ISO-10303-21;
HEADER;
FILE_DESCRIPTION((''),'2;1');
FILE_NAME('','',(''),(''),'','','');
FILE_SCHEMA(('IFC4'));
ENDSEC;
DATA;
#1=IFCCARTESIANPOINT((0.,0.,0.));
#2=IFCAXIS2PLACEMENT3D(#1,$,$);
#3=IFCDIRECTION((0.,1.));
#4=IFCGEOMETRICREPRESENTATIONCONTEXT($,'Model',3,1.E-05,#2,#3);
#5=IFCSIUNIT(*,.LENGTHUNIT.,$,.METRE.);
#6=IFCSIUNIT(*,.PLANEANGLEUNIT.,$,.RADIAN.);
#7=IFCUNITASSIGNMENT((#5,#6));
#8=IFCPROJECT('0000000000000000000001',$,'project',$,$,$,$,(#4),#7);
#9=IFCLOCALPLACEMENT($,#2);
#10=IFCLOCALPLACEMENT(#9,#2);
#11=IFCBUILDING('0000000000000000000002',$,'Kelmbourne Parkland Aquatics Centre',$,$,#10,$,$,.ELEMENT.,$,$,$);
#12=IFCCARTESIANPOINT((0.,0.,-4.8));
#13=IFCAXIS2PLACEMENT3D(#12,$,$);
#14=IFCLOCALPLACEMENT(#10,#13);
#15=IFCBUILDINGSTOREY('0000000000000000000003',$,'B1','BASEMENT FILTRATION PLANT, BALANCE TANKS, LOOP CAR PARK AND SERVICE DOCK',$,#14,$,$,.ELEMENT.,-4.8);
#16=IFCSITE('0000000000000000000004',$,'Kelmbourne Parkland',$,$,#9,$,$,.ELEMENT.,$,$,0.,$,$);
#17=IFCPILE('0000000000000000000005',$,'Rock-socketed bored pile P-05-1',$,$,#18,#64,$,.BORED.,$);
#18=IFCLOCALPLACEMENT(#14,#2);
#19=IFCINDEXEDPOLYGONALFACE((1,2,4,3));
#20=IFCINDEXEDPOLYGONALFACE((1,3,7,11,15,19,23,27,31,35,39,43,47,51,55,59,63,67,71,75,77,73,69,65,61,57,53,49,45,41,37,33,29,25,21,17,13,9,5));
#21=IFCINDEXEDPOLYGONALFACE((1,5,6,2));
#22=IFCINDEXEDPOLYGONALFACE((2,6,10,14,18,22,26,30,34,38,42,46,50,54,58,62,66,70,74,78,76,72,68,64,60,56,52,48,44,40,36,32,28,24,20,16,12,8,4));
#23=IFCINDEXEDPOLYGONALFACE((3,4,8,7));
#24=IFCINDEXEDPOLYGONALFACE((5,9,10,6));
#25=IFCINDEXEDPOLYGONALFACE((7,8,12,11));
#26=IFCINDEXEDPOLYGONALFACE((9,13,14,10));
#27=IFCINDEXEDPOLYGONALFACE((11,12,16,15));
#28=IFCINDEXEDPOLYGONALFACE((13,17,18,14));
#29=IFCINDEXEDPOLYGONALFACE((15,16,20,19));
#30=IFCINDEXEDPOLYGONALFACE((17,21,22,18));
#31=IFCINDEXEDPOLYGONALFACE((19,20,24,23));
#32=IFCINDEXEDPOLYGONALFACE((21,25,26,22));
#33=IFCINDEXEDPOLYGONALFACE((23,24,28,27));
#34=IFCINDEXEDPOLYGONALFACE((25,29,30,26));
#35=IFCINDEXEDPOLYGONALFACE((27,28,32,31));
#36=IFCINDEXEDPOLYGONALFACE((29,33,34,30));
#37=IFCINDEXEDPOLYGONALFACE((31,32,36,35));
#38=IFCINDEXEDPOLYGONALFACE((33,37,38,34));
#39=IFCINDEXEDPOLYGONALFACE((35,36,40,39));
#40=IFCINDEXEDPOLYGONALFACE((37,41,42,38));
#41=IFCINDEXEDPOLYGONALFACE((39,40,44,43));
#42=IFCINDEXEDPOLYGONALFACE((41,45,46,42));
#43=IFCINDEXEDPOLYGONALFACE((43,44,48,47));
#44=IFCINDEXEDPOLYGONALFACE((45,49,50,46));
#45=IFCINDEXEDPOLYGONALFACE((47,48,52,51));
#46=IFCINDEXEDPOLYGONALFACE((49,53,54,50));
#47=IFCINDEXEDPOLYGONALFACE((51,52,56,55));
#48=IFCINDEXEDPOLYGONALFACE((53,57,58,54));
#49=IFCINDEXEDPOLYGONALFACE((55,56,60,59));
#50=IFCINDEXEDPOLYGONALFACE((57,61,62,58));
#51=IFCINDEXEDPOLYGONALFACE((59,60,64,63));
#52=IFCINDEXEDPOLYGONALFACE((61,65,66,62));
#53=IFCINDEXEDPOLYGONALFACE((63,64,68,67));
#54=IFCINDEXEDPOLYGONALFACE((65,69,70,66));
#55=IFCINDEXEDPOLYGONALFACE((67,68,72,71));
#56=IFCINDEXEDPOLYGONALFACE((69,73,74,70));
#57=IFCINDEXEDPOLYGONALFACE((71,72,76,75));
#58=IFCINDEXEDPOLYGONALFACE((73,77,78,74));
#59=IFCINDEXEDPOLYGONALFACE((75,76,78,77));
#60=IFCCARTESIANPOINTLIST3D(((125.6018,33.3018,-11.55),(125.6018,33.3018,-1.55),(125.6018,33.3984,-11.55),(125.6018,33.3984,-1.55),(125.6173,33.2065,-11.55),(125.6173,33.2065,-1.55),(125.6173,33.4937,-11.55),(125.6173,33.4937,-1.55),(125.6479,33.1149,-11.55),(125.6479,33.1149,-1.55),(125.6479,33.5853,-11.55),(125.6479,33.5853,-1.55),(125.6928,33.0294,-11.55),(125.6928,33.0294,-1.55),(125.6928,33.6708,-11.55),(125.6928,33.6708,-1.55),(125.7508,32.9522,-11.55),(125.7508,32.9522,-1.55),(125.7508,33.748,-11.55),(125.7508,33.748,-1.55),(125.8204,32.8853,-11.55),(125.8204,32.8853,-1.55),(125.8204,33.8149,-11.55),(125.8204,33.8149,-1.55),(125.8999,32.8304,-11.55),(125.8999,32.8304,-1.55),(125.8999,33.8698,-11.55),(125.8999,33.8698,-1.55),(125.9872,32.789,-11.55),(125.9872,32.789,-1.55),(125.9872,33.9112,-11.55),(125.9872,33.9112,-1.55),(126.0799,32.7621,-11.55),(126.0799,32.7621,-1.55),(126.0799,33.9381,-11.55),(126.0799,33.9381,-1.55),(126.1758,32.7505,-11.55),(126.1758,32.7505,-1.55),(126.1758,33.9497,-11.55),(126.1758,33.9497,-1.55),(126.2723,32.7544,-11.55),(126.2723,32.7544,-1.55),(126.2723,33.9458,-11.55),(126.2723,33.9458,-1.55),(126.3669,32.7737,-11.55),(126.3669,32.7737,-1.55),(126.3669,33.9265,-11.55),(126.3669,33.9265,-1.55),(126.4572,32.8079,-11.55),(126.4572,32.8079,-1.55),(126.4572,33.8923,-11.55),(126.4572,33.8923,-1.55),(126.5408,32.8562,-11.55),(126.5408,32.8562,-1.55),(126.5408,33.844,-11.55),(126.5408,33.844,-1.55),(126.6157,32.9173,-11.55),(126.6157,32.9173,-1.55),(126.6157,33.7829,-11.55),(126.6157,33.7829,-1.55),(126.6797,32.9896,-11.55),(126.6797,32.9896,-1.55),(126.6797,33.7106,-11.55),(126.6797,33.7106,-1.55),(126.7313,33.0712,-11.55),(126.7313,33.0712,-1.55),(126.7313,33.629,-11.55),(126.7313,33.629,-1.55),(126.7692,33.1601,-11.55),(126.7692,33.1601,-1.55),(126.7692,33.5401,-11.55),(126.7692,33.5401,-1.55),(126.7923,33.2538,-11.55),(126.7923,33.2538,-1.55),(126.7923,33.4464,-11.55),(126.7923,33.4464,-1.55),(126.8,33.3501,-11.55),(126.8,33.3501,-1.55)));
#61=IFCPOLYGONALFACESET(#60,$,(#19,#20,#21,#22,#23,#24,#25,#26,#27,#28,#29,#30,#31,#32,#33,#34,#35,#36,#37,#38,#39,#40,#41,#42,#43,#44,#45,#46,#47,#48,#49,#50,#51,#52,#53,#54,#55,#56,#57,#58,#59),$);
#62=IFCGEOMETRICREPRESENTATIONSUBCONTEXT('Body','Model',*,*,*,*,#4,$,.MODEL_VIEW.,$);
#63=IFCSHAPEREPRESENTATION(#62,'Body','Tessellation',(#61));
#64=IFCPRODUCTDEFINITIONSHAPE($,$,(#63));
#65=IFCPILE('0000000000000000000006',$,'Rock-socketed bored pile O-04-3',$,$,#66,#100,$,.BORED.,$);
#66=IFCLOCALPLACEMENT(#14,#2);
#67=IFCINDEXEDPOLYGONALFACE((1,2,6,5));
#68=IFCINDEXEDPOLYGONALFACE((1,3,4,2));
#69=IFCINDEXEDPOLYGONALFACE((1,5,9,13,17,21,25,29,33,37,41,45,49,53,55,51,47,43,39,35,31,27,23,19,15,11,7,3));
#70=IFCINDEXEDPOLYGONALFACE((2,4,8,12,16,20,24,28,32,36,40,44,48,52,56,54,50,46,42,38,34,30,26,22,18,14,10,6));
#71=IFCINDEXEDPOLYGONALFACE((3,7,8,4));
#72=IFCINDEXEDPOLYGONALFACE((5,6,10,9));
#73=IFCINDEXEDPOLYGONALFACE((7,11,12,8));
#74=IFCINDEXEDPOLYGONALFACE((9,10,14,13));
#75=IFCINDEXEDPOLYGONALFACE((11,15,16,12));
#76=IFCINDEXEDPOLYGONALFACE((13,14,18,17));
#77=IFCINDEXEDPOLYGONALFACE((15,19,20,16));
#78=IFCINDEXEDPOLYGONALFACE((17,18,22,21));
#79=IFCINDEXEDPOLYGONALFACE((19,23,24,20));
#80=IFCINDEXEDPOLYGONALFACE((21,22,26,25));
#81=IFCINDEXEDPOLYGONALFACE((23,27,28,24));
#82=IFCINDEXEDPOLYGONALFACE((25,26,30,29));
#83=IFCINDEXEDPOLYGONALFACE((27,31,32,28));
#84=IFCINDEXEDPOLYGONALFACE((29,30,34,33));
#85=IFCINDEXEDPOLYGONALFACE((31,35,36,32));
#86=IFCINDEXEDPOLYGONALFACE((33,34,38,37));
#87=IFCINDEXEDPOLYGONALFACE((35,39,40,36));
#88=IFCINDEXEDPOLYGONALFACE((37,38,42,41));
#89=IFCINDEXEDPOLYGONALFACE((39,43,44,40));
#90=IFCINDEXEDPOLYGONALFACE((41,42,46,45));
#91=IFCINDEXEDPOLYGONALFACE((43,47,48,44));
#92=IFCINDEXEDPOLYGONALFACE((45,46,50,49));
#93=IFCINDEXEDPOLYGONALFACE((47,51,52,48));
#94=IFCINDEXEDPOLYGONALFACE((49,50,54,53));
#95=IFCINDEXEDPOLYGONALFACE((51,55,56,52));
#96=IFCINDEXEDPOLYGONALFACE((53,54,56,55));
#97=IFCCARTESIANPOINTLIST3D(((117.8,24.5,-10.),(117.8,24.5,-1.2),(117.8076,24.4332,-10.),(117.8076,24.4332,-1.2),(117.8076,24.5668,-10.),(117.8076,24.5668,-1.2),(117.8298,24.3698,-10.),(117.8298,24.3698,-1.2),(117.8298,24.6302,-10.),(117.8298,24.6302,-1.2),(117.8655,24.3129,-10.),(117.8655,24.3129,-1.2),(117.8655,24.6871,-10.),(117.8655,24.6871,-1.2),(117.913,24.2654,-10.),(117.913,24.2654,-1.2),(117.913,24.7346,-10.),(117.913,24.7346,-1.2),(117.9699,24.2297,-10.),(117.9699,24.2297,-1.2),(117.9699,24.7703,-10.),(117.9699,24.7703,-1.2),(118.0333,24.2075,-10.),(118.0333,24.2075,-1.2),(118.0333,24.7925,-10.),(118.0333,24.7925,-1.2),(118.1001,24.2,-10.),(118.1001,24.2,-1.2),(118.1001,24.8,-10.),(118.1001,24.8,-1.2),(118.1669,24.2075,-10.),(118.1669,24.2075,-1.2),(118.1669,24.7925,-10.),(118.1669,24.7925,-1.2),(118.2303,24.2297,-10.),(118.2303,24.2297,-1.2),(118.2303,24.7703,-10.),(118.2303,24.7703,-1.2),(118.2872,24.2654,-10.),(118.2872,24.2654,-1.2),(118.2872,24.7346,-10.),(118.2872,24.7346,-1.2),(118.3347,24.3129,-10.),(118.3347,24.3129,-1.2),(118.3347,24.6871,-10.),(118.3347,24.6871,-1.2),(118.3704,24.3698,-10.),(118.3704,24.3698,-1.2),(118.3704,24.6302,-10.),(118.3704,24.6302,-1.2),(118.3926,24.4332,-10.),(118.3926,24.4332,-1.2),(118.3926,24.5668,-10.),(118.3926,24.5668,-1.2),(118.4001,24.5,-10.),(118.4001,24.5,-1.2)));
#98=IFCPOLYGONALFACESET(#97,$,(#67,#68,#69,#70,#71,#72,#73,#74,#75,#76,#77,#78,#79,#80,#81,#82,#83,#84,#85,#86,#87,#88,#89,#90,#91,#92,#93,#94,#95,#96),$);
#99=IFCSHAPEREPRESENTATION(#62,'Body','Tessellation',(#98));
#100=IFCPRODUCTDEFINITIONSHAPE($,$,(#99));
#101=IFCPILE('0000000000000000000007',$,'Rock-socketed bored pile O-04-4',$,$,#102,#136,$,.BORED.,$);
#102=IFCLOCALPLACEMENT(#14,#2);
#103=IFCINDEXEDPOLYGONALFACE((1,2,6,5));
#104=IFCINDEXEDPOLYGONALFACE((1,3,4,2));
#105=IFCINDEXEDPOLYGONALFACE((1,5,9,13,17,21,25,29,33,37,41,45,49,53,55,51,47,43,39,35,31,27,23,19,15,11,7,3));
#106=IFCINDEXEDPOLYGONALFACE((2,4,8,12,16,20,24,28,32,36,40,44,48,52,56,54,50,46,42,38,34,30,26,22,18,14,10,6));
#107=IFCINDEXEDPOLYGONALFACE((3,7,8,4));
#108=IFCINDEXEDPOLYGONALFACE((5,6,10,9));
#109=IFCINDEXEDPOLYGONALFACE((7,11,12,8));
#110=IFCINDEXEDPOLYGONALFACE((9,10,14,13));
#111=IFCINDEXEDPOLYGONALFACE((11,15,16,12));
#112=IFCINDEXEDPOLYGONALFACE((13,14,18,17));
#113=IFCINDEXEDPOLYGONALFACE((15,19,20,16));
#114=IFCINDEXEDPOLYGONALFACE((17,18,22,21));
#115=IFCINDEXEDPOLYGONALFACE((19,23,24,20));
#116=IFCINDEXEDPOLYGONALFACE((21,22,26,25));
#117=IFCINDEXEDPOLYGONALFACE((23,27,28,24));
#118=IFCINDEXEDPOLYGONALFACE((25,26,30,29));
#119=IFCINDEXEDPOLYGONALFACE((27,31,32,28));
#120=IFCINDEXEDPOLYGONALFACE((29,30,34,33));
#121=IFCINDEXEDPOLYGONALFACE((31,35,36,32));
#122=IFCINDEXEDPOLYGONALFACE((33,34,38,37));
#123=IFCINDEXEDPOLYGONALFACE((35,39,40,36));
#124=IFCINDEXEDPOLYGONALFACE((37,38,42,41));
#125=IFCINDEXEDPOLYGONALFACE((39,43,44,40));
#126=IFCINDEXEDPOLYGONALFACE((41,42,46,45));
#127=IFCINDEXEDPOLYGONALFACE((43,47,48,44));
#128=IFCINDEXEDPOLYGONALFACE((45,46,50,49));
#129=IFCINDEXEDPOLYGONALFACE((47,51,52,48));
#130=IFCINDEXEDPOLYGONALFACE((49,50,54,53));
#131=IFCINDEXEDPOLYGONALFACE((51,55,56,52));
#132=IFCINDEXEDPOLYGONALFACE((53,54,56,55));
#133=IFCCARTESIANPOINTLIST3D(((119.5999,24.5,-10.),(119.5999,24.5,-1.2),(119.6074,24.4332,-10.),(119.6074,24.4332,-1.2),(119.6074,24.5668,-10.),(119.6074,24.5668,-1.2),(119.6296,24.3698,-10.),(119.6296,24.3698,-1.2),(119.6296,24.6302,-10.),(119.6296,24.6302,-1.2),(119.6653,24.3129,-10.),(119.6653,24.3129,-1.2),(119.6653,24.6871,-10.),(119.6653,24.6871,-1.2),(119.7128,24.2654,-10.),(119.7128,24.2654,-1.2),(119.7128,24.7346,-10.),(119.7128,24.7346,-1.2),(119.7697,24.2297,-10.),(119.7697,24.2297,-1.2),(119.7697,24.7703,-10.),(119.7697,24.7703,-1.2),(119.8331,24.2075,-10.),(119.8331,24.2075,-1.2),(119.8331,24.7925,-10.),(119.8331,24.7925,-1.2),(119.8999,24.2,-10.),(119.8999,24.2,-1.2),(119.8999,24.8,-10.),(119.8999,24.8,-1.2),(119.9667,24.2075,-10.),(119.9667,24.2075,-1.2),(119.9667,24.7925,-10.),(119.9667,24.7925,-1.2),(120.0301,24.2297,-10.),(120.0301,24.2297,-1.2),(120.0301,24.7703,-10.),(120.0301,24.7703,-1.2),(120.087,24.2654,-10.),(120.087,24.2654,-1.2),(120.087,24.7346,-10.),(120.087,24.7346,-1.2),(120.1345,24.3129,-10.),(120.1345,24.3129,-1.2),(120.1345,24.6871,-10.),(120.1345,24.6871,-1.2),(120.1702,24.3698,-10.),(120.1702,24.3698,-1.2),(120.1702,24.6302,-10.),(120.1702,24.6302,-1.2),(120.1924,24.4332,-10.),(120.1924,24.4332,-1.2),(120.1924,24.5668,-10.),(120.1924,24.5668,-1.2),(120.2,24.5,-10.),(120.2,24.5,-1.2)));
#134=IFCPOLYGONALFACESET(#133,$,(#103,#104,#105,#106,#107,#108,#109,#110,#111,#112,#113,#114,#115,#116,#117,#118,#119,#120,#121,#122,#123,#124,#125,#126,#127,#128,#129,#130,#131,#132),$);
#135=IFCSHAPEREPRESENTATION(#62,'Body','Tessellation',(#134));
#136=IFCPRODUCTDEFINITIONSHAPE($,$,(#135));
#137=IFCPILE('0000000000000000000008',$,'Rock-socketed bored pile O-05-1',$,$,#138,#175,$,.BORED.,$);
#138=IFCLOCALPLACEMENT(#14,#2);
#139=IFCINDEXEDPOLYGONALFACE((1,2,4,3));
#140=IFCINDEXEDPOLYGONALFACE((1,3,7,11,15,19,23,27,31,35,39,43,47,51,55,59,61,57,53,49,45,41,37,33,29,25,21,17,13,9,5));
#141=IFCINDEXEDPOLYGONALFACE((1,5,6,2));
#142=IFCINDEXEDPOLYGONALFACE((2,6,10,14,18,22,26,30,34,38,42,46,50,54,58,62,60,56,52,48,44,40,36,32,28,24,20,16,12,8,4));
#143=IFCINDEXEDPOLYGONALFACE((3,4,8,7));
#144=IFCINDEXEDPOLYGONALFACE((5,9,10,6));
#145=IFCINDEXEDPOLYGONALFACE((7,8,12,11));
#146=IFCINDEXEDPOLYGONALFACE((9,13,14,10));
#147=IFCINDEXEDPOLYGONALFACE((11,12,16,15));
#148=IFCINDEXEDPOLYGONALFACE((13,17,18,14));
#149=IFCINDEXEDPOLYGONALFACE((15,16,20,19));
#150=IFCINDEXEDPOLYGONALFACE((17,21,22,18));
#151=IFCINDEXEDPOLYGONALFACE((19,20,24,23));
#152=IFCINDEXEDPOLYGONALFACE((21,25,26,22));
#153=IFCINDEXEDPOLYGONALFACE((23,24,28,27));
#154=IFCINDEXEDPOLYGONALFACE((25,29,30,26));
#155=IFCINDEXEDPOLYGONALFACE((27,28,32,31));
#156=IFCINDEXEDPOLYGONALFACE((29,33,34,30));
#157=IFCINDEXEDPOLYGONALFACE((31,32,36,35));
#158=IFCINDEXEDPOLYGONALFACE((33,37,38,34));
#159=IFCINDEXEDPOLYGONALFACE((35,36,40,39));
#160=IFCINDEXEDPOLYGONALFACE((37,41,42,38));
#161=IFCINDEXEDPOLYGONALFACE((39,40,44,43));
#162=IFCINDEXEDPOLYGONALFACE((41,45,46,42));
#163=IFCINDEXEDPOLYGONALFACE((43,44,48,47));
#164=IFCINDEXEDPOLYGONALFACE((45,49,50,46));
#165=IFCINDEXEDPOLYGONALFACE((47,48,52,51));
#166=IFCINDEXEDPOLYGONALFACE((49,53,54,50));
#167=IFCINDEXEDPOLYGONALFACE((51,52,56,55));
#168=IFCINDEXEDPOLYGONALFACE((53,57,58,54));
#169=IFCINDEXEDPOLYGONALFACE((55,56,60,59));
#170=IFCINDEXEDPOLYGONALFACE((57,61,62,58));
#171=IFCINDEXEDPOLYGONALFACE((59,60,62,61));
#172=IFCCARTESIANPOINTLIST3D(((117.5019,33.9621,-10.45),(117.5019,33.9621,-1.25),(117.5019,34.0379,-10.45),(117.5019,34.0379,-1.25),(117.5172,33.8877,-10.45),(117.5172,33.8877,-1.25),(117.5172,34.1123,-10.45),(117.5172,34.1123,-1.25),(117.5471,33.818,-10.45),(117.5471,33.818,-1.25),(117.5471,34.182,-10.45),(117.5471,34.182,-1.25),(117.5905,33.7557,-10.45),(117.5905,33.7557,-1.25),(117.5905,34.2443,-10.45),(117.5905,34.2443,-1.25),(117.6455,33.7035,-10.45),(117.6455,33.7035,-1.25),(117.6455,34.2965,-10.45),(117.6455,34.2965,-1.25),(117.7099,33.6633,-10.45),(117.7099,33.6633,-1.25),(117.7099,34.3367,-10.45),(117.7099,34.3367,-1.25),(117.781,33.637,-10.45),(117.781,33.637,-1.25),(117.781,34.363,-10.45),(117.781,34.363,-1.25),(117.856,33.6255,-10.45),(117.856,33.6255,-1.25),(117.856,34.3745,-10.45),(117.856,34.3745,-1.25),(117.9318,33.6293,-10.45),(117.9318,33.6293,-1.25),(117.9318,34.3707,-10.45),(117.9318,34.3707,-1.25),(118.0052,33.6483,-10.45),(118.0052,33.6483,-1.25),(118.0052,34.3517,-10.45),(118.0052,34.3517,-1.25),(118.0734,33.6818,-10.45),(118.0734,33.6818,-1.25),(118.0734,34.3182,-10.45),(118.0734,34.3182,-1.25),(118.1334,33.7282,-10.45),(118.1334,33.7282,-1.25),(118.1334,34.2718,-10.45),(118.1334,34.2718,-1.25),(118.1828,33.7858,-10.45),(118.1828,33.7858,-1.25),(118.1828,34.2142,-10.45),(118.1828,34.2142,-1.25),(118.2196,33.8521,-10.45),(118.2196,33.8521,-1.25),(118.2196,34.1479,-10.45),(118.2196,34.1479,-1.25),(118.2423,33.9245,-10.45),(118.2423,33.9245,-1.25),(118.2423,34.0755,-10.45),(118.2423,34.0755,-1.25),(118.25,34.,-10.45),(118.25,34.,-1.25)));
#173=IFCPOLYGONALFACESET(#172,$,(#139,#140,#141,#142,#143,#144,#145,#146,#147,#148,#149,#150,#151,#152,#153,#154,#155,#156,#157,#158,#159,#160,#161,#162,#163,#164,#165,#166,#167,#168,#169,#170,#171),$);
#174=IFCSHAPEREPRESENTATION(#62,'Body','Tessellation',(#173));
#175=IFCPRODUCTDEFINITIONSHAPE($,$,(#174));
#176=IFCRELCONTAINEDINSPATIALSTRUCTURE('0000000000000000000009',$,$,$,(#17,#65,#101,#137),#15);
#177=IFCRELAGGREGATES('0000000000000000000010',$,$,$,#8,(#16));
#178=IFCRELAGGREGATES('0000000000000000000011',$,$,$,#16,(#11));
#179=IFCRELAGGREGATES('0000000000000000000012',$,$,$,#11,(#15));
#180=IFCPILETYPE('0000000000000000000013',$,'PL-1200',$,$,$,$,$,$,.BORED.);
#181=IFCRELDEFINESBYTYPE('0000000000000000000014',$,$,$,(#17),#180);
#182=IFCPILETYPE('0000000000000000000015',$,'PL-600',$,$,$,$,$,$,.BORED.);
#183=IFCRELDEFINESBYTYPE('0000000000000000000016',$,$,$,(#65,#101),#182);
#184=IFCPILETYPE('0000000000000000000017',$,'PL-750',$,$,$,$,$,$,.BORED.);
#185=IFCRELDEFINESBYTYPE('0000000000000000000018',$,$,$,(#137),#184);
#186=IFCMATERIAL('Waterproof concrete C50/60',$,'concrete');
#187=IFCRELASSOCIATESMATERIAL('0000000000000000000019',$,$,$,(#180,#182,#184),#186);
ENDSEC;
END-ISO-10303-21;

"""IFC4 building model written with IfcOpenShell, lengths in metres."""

from ifc_helpers import new_model, si_unit, direction, frame, origin, origin_2d, place, context, subcontext, project, spatial, circle, extrude, material, material_profile, profile_set, type_object, element, save


model = new_model("IFC4")

# Units and contexts
model_context = context("Model", 3, precision=1e-05, world=origin(), true_north=direction((0.0, 1.0)))
body_context = subcontext(model_context, "Body", "Model", "MODEL_VIEW")
ifc_project = project(units=[si_unit("LENGTHUNIT", "METRE"), si_unit("PLANEANGLEUNIT", "RADIAN")], contexts=[model_context])

# Site, building, storey
site_placement = place(None, origin())
site = spatial("IfcSite", under=ifc_project, at=site_placement, Name="Kelmbourne Parkland", CompositionType="ELEMENT", RefElevation=0.0)
building_placement = place(site_placement, origin())
building = spatial("IfcBuilding", under=site, at=building_placement, Name="Kelmbourne Parkland Aquatics Centre", CompositionType="ELEMENT")
storey_placement = place(building_placement, frame((0.0, 0.0, -4.8)))
storey = spatial("IfcBuildingStorey", under=building, at=storey_placement, Name="B1", Description="BASEMENT FILTRATION PLANT, BALANCE TANKS, LOOP CAR PARK AND SERVICE DOCK", CompositionType="ELEMENT", Elevation=-4.8)

# Shared definitions
ifc_material_1 = material(Name="Waterproof concrete C50/60", Category="concrete")

# Piles
ifc_material_profile_1 = material_profile(ifc_material_1, circle(Radius=0.6001, at=origin_2d()), Name="PILE D1200")
ifc_profile_set_1 = profile_set([ifc_material_profile_1], Name="Waterproof concrete C50/60")
pile_type_1 = type_object("IfcPileType", Name="PL-1200", PredefinedType="BORED", material=ifc_profile_set_1)
pile_1_placement = place(storey_placement, frame((126.2, 33.3501, -1.55), z_axis=(0.0, 0.0, -1.0), x_axis=(1.0, 0.0, 0.0)))
element("IfcPile", 1, at=pile_1_placement, inside=storey, type_object=pile_type_1, Name="Rock-socketed bored pile P-05-1", PredefinedType="BORED", context=body_context, shape_type="SweptSolid", body=[
    extrude(circle(Radius=0.6001, at=origin_2d()), origin(), (0.0, 0.0, 1.0), 10.0),
])
ifc_material_profile_2 = material_profile(ifc_material_1, circle(Radius=0.3, at=origin_2d()), Name="PILE D600")
ifc_profile_set_2 = profile_set([ifc_material_profile_2], Name="Waterproof concrete C50/60")
pile_type_2 = type_object("IfcPileType", Name="PL-600", PredefinedType="BORED", material=ifc_profile_set_2)
for number, where, z_axis, x_axis, name in (
    (2, (118.1001, 24.5, -1.2), (0.0, 0.0, -1.0), (1.0, 0.0, 0.0), "Rock-socketed bored pile O-04-3"),
    (3, (119.8999, 24.5, -1.2), (0.0, 0.0, -1.0), (1.0, 0.0, 0.0), "Rock-socketed bored pile O-04-4"),
):
    element("IfcPile", number, at=place(storey_placement, frame(where, z_axis=z_axis, x_axis=x_axis)), inside=storey, type_object=pile_type_2, Name=name, PredefinedType="BORED", context=body_context, shape_type="SweptSolid", body=[
        extrude(circle(Radius=0.3, at=origin_2d()), origin(), (0.0, 0.0, 1.0), 8.8),
    ])
ifc_material_profile_3 = material_profile(ifc_material_1, circle(Radius=0.375, at=origin_2d()), Name="PILE D750")
ifc_profile_set_3 = profile_set([ifc_material_profile_3], Name="Waterproof concrete C50/60")
pile_type_3 = type_object("IfcPileType", Name="PL-750", PredefinedType="BORED", material=ifc_profile_set_3)
for number, where, z_axis, x_axis, name in (
    (4, (117.875, 34.0, -1.25), (0.0, 0.0, -1.0), (1.0, 0.0, 0.0), "Rock-socketed bored pile O-05-1"),
):
    element("IfcPile", number, at=place(storey_placement, frame(where, z_axis=z_axis, x_axis=x_axis)), inside=storey, type_object=pile_type_3, Name=name, PredefinedType="BORED", context=body_context, shape_type="SweptSolid", body=[
        extrude(circle(Radius=0.375, at=origin_2d()), origin(), (0.0, 0.0, 1.0), 9.2),
    ])

save(model, "model.ifc")
